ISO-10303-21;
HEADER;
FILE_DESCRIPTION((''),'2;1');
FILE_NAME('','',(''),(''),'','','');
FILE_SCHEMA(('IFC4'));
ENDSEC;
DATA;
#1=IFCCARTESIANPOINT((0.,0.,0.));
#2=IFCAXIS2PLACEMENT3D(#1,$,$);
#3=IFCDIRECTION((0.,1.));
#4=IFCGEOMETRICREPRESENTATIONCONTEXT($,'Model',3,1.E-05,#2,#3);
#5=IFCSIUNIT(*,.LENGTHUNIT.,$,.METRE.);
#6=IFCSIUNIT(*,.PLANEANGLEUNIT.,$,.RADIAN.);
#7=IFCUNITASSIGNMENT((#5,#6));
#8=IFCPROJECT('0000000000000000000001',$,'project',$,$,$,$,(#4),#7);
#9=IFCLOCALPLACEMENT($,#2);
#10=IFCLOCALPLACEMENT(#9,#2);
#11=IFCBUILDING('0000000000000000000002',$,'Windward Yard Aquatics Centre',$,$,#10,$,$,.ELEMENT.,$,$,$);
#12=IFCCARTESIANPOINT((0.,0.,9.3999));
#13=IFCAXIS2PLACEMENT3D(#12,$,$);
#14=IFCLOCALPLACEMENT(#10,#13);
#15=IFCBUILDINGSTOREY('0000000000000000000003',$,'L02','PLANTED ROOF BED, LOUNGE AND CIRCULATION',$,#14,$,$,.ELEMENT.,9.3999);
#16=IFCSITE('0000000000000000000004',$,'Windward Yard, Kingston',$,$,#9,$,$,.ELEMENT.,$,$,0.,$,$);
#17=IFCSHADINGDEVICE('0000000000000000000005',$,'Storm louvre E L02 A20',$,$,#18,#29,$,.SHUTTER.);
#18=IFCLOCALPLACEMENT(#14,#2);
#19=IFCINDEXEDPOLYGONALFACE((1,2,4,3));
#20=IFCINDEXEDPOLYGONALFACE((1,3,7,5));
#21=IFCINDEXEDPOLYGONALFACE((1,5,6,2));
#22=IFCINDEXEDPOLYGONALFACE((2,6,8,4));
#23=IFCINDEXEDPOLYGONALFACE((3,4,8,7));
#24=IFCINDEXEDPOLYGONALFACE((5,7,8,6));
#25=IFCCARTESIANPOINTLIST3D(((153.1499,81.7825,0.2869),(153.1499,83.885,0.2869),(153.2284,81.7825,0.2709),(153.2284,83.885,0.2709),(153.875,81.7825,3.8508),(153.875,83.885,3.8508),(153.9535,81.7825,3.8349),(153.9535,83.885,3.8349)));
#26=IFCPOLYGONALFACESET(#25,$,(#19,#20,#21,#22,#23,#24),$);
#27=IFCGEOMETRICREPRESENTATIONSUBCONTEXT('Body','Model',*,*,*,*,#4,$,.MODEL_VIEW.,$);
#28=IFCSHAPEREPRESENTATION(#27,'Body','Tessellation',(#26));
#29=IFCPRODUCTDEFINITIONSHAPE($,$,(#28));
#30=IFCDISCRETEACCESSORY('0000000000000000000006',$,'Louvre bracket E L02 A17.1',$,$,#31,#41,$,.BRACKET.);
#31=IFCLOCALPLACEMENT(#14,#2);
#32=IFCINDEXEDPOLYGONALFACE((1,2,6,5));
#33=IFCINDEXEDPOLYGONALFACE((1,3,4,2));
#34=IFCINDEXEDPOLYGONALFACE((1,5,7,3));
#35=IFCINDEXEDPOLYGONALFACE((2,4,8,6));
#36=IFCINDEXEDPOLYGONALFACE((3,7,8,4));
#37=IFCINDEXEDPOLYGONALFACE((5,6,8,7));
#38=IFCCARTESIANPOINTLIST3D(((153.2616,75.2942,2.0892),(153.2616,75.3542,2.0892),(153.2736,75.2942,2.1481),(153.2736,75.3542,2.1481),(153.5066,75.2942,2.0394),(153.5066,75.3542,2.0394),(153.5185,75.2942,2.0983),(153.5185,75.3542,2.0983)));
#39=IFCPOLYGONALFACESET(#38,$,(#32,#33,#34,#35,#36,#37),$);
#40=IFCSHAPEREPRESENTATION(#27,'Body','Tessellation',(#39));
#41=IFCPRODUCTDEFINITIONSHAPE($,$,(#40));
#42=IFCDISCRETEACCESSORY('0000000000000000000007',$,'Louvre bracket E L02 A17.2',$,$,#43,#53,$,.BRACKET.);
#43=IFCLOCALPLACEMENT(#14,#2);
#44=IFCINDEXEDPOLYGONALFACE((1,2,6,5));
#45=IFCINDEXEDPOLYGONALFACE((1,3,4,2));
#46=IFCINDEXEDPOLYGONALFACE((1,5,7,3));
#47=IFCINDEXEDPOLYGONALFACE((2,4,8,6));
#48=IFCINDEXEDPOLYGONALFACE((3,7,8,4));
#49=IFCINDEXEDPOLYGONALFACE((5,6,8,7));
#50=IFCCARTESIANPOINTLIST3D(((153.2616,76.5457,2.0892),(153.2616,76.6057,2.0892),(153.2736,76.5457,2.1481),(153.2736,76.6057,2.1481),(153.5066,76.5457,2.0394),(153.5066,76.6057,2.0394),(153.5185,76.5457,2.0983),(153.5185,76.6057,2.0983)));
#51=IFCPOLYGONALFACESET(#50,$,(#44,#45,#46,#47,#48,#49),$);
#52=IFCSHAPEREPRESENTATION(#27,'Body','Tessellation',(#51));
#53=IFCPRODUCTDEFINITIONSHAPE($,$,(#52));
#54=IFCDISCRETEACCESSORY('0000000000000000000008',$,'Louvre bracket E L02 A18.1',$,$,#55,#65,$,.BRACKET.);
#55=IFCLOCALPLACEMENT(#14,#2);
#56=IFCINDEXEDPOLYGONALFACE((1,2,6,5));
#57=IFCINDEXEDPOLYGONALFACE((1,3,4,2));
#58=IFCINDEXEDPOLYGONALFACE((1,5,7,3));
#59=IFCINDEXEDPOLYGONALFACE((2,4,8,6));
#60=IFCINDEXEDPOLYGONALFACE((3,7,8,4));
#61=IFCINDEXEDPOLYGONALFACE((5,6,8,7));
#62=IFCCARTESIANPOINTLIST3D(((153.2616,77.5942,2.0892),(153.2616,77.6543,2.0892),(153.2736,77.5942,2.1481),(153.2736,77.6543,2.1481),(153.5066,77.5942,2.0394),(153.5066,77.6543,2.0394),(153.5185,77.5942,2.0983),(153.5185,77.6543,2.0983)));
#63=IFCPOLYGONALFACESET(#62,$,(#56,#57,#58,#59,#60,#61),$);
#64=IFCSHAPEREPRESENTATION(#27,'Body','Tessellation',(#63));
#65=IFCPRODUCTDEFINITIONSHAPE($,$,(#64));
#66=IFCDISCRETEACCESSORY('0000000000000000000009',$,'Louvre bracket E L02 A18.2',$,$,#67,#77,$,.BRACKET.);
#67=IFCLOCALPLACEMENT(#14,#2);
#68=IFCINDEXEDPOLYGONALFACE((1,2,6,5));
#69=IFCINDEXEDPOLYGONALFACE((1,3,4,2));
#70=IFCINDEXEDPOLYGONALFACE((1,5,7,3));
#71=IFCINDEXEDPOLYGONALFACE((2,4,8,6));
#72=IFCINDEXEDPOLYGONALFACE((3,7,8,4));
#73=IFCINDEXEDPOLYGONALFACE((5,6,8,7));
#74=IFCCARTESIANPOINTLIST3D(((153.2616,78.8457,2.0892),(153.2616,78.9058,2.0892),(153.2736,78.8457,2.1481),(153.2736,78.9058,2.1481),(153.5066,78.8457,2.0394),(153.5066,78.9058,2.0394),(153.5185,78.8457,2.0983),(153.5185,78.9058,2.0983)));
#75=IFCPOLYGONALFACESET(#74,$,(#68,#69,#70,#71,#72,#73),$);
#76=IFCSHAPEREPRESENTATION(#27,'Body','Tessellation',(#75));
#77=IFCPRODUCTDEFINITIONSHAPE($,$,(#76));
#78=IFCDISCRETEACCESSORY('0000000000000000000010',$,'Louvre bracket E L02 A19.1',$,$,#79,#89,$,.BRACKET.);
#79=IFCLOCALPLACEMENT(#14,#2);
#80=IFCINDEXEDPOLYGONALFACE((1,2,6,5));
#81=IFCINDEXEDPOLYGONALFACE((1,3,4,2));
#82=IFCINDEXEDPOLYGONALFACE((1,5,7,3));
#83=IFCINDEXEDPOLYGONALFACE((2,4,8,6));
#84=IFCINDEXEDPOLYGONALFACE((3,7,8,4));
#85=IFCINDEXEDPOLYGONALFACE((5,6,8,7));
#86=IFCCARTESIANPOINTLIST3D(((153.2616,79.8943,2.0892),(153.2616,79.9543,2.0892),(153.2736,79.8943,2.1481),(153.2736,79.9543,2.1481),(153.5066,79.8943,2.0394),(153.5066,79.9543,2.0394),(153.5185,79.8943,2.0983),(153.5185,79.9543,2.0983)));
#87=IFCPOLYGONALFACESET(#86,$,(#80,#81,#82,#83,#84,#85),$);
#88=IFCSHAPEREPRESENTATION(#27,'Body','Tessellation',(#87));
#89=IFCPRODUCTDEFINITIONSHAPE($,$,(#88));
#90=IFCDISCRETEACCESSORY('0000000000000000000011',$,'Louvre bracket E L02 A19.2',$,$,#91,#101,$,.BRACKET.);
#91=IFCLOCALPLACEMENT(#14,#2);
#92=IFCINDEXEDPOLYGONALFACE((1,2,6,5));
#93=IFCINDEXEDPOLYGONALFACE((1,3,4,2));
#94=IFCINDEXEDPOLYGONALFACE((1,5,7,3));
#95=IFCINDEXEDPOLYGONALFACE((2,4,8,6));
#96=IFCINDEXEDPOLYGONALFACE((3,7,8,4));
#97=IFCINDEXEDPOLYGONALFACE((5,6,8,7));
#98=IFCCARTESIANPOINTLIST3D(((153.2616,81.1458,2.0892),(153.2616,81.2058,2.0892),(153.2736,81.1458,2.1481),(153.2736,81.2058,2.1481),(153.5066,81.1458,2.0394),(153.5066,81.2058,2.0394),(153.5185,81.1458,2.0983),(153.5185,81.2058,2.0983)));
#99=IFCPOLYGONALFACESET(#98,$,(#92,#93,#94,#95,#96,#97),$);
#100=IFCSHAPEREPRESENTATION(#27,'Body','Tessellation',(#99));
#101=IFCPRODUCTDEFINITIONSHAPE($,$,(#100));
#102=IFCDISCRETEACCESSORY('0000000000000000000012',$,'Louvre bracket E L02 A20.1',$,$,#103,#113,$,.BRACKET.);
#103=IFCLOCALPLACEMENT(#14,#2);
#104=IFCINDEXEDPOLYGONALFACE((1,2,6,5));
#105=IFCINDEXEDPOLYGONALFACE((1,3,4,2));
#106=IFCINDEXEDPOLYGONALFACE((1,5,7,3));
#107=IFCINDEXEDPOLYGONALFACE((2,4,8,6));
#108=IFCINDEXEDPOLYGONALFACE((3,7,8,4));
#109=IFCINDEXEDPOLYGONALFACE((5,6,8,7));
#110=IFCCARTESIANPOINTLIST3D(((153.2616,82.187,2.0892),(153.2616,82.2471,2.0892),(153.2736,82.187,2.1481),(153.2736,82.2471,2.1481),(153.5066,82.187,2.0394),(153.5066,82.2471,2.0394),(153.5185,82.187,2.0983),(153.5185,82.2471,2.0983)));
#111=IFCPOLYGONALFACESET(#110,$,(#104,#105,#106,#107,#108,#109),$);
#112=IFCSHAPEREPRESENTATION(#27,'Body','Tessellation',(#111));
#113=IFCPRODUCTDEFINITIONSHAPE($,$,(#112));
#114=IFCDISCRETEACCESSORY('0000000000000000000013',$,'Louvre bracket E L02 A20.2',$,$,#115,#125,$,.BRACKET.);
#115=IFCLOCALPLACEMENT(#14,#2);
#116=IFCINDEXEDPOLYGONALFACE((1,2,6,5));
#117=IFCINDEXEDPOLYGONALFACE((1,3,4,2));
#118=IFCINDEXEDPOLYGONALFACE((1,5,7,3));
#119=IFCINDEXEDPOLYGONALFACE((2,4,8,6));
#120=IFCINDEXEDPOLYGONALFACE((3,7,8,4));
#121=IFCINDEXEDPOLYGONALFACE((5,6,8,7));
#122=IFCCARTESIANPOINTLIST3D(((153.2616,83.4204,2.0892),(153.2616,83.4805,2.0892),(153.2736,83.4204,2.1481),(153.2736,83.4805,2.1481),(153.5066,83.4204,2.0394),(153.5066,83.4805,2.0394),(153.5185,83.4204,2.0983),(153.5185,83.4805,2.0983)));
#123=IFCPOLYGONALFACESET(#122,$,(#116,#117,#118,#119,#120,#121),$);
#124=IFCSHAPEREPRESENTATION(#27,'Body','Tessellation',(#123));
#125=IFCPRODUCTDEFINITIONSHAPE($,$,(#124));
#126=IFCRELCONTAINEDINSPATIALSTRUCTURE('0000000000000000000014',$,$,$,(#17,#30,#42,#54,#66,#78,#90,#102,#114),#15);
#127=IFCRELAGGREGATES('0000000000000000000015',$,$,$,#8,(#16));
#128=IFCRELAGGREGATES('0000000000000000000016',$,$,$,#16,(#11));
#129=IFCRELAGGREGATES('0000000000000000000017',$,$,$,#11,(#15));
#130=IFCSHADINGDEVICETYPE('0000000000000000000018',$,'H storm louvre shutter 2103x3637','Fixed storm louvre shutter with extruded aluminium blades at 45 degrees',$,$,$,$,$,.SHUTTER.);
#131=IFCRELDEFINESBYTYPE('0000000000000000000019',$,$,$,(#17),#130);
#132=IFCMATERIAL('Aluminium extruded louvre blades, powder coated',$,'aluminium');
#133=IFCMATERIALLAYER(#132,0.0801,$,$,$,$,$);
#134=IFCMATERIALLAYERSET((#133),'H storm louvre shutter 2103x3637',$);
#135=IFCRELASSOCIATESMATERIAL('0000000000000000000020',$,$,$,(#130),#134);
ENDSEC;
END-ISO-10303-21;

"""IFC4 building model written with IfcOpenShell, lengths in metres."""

from ifc_helpers import new_model, si_unit, direction, frame, origin, origin_2d, place, context, subcontext, project, spatial, polyline, rectangle, outline, extrude, material, layer, layer_set, type_object, element, save


model = new_model("IFC4")

# Units and contexts
model_context = context("Model", 3, precision=1e-05, world=origin(), true_north=direction((0.0, 1.0)))
body_context = subcontext(model_context, "Body", "Model", "MODEL_VIEW")
ifc_project = project(units=[si_unit("LENGTHUNIT", "METRE"), si_unit("PLANEANGLEUNIT", "RADIAN")], contexts=[model_context])

# Site, building, storey
site_placement = place(None, origin())
site = spatial("IfcSite", under=ifc_project, at=site_placement, Name="Windward Yard, Kingston", CompositionType="ELEMENT", RefElevation=0.0)
building_placement = place(site_placement, origin())
building = spatial("IfcBuilding", under=site, at=building_placement, Name="Windward Yard Aquatics Centre", CompositionType="ELEMENT")
storey_placement = place(building_placement, frame((0.0, 0.0, 9.3999)))
storey = spatial("IfcBuildingStorey", under=building, at=storey_placement, Name="L02", Description="PLANTED ROOF BED, LOUNGE AND CIRCULATION", CompositionType="ELEMENT", Elevation=9.3999)

# Shading device
ifc_material_1 = material(Name="Aluminium extruded louvre blades, powder coated", Category="aluminium")
ifc_layer_1 = layer(ifc_material_1, 0.0801)
ifc_layer_set_1 = layer_set([ifc_layer_1], Name="H storm louvre shutter 2103x3637")
shading_device_type = type_object("IfcShadingDeviceType", Name="H storm louvre shutter 2103x3637", Description="Fixed storm louvre shutter with extruded aluminium blades at 45 degrees", PredefinedType="SHUTTER", material=ifc_layer_set_1)
shading_device_1_placement = place(storey_placement, frame((153.1499, 81.7825, 0.2869), z_axis=(-0.979925, 0.0, 0.199368), x_axis=(0.0, 1.0, 0.0)))
element("IfcShadingDevice", 1, at=shading_device_1_placement, inside=storey, type_object=shading_device_type, Name="Storm louvre E L02 A20", PredefinedType="SHUTTER", context=body_context, shape_type="SweptSolid", body=[
    extrude(outline(polyline([(0.0, 0.0), (2.1025, 0.0), (2.1025, -3.637), (0.0, -3.637), (0.0, 0.0)])), origin(), (0.0, 0.0, -1.0), 0.0801),
])

# Discrete accessories
for number, where, z_axis, x_axis, name in (
    (2, (153.2676, 75.3242, 2.1187), (0.979937, 0.0, -0.199309), (0.0, 1.0, 0.0), "Louvre bracket E L02 A17.1"),
    (3, (153.2676, 76.5757, 2.1187), (0.979937, 0.0, -0.199309), (0.0, 1.0, 0.0), "Louvre bracket E L02 A17.2"),
    (4, (153.2676, 77.6243, 2.1187), (0.979937, 0.0, -0.199309), (0.0, 1.0, 0.0), "Louvre bracket E L02 A18.1"),
    (5, (153.2676, 78.8757, 2.1187), (0.979937, 0.0, -0.199309), (0.0, 1.0, 0.0), "Louvre bracket E L02 A18.2"),
    (6, (153.2676, 79.9243, 2.1187), (0.979937, 0.0, -0.199309), (0.0, 1.0, 0.0), "Louvre bracket E L02 A19.1"),
    (7, (153.2676, 81.1758, 2.1187), (0.979937, 0.0, -0.199309), (0.0, 1.0, 0.0), "Louvre bracket E L02 A19.2"),
    (8, (153.2676, 82.217, 2.1187), (0.979937, 0.0, -0.199309), (0.0, 1.0, 0.0), "Louvre bracket E L02 A20.1"),
    (9, (153.2676, 83.4504, 2.1187), (0.979937, 0.0, -0.199309), (0.0, 1.0, 0.0), "Louvre bracket E L02 A20.2"),
):
    element("IfcDiscreteAccessory", number, at=place(storey_placement, frame(where, z_axis=z_axis, x_axis=x_axis)), inside=storey, Name=name, PredefinedType="BRACKET", context=body_context, shape_type="SweptSolid", body=[
        extrude(rectangle(XDim=0.0601, YDim=0.0601, at=origin_2d()), origin(), (0.0, 0.0, 1.0), 0.25),
    ])

save(model, "model.ifc")
